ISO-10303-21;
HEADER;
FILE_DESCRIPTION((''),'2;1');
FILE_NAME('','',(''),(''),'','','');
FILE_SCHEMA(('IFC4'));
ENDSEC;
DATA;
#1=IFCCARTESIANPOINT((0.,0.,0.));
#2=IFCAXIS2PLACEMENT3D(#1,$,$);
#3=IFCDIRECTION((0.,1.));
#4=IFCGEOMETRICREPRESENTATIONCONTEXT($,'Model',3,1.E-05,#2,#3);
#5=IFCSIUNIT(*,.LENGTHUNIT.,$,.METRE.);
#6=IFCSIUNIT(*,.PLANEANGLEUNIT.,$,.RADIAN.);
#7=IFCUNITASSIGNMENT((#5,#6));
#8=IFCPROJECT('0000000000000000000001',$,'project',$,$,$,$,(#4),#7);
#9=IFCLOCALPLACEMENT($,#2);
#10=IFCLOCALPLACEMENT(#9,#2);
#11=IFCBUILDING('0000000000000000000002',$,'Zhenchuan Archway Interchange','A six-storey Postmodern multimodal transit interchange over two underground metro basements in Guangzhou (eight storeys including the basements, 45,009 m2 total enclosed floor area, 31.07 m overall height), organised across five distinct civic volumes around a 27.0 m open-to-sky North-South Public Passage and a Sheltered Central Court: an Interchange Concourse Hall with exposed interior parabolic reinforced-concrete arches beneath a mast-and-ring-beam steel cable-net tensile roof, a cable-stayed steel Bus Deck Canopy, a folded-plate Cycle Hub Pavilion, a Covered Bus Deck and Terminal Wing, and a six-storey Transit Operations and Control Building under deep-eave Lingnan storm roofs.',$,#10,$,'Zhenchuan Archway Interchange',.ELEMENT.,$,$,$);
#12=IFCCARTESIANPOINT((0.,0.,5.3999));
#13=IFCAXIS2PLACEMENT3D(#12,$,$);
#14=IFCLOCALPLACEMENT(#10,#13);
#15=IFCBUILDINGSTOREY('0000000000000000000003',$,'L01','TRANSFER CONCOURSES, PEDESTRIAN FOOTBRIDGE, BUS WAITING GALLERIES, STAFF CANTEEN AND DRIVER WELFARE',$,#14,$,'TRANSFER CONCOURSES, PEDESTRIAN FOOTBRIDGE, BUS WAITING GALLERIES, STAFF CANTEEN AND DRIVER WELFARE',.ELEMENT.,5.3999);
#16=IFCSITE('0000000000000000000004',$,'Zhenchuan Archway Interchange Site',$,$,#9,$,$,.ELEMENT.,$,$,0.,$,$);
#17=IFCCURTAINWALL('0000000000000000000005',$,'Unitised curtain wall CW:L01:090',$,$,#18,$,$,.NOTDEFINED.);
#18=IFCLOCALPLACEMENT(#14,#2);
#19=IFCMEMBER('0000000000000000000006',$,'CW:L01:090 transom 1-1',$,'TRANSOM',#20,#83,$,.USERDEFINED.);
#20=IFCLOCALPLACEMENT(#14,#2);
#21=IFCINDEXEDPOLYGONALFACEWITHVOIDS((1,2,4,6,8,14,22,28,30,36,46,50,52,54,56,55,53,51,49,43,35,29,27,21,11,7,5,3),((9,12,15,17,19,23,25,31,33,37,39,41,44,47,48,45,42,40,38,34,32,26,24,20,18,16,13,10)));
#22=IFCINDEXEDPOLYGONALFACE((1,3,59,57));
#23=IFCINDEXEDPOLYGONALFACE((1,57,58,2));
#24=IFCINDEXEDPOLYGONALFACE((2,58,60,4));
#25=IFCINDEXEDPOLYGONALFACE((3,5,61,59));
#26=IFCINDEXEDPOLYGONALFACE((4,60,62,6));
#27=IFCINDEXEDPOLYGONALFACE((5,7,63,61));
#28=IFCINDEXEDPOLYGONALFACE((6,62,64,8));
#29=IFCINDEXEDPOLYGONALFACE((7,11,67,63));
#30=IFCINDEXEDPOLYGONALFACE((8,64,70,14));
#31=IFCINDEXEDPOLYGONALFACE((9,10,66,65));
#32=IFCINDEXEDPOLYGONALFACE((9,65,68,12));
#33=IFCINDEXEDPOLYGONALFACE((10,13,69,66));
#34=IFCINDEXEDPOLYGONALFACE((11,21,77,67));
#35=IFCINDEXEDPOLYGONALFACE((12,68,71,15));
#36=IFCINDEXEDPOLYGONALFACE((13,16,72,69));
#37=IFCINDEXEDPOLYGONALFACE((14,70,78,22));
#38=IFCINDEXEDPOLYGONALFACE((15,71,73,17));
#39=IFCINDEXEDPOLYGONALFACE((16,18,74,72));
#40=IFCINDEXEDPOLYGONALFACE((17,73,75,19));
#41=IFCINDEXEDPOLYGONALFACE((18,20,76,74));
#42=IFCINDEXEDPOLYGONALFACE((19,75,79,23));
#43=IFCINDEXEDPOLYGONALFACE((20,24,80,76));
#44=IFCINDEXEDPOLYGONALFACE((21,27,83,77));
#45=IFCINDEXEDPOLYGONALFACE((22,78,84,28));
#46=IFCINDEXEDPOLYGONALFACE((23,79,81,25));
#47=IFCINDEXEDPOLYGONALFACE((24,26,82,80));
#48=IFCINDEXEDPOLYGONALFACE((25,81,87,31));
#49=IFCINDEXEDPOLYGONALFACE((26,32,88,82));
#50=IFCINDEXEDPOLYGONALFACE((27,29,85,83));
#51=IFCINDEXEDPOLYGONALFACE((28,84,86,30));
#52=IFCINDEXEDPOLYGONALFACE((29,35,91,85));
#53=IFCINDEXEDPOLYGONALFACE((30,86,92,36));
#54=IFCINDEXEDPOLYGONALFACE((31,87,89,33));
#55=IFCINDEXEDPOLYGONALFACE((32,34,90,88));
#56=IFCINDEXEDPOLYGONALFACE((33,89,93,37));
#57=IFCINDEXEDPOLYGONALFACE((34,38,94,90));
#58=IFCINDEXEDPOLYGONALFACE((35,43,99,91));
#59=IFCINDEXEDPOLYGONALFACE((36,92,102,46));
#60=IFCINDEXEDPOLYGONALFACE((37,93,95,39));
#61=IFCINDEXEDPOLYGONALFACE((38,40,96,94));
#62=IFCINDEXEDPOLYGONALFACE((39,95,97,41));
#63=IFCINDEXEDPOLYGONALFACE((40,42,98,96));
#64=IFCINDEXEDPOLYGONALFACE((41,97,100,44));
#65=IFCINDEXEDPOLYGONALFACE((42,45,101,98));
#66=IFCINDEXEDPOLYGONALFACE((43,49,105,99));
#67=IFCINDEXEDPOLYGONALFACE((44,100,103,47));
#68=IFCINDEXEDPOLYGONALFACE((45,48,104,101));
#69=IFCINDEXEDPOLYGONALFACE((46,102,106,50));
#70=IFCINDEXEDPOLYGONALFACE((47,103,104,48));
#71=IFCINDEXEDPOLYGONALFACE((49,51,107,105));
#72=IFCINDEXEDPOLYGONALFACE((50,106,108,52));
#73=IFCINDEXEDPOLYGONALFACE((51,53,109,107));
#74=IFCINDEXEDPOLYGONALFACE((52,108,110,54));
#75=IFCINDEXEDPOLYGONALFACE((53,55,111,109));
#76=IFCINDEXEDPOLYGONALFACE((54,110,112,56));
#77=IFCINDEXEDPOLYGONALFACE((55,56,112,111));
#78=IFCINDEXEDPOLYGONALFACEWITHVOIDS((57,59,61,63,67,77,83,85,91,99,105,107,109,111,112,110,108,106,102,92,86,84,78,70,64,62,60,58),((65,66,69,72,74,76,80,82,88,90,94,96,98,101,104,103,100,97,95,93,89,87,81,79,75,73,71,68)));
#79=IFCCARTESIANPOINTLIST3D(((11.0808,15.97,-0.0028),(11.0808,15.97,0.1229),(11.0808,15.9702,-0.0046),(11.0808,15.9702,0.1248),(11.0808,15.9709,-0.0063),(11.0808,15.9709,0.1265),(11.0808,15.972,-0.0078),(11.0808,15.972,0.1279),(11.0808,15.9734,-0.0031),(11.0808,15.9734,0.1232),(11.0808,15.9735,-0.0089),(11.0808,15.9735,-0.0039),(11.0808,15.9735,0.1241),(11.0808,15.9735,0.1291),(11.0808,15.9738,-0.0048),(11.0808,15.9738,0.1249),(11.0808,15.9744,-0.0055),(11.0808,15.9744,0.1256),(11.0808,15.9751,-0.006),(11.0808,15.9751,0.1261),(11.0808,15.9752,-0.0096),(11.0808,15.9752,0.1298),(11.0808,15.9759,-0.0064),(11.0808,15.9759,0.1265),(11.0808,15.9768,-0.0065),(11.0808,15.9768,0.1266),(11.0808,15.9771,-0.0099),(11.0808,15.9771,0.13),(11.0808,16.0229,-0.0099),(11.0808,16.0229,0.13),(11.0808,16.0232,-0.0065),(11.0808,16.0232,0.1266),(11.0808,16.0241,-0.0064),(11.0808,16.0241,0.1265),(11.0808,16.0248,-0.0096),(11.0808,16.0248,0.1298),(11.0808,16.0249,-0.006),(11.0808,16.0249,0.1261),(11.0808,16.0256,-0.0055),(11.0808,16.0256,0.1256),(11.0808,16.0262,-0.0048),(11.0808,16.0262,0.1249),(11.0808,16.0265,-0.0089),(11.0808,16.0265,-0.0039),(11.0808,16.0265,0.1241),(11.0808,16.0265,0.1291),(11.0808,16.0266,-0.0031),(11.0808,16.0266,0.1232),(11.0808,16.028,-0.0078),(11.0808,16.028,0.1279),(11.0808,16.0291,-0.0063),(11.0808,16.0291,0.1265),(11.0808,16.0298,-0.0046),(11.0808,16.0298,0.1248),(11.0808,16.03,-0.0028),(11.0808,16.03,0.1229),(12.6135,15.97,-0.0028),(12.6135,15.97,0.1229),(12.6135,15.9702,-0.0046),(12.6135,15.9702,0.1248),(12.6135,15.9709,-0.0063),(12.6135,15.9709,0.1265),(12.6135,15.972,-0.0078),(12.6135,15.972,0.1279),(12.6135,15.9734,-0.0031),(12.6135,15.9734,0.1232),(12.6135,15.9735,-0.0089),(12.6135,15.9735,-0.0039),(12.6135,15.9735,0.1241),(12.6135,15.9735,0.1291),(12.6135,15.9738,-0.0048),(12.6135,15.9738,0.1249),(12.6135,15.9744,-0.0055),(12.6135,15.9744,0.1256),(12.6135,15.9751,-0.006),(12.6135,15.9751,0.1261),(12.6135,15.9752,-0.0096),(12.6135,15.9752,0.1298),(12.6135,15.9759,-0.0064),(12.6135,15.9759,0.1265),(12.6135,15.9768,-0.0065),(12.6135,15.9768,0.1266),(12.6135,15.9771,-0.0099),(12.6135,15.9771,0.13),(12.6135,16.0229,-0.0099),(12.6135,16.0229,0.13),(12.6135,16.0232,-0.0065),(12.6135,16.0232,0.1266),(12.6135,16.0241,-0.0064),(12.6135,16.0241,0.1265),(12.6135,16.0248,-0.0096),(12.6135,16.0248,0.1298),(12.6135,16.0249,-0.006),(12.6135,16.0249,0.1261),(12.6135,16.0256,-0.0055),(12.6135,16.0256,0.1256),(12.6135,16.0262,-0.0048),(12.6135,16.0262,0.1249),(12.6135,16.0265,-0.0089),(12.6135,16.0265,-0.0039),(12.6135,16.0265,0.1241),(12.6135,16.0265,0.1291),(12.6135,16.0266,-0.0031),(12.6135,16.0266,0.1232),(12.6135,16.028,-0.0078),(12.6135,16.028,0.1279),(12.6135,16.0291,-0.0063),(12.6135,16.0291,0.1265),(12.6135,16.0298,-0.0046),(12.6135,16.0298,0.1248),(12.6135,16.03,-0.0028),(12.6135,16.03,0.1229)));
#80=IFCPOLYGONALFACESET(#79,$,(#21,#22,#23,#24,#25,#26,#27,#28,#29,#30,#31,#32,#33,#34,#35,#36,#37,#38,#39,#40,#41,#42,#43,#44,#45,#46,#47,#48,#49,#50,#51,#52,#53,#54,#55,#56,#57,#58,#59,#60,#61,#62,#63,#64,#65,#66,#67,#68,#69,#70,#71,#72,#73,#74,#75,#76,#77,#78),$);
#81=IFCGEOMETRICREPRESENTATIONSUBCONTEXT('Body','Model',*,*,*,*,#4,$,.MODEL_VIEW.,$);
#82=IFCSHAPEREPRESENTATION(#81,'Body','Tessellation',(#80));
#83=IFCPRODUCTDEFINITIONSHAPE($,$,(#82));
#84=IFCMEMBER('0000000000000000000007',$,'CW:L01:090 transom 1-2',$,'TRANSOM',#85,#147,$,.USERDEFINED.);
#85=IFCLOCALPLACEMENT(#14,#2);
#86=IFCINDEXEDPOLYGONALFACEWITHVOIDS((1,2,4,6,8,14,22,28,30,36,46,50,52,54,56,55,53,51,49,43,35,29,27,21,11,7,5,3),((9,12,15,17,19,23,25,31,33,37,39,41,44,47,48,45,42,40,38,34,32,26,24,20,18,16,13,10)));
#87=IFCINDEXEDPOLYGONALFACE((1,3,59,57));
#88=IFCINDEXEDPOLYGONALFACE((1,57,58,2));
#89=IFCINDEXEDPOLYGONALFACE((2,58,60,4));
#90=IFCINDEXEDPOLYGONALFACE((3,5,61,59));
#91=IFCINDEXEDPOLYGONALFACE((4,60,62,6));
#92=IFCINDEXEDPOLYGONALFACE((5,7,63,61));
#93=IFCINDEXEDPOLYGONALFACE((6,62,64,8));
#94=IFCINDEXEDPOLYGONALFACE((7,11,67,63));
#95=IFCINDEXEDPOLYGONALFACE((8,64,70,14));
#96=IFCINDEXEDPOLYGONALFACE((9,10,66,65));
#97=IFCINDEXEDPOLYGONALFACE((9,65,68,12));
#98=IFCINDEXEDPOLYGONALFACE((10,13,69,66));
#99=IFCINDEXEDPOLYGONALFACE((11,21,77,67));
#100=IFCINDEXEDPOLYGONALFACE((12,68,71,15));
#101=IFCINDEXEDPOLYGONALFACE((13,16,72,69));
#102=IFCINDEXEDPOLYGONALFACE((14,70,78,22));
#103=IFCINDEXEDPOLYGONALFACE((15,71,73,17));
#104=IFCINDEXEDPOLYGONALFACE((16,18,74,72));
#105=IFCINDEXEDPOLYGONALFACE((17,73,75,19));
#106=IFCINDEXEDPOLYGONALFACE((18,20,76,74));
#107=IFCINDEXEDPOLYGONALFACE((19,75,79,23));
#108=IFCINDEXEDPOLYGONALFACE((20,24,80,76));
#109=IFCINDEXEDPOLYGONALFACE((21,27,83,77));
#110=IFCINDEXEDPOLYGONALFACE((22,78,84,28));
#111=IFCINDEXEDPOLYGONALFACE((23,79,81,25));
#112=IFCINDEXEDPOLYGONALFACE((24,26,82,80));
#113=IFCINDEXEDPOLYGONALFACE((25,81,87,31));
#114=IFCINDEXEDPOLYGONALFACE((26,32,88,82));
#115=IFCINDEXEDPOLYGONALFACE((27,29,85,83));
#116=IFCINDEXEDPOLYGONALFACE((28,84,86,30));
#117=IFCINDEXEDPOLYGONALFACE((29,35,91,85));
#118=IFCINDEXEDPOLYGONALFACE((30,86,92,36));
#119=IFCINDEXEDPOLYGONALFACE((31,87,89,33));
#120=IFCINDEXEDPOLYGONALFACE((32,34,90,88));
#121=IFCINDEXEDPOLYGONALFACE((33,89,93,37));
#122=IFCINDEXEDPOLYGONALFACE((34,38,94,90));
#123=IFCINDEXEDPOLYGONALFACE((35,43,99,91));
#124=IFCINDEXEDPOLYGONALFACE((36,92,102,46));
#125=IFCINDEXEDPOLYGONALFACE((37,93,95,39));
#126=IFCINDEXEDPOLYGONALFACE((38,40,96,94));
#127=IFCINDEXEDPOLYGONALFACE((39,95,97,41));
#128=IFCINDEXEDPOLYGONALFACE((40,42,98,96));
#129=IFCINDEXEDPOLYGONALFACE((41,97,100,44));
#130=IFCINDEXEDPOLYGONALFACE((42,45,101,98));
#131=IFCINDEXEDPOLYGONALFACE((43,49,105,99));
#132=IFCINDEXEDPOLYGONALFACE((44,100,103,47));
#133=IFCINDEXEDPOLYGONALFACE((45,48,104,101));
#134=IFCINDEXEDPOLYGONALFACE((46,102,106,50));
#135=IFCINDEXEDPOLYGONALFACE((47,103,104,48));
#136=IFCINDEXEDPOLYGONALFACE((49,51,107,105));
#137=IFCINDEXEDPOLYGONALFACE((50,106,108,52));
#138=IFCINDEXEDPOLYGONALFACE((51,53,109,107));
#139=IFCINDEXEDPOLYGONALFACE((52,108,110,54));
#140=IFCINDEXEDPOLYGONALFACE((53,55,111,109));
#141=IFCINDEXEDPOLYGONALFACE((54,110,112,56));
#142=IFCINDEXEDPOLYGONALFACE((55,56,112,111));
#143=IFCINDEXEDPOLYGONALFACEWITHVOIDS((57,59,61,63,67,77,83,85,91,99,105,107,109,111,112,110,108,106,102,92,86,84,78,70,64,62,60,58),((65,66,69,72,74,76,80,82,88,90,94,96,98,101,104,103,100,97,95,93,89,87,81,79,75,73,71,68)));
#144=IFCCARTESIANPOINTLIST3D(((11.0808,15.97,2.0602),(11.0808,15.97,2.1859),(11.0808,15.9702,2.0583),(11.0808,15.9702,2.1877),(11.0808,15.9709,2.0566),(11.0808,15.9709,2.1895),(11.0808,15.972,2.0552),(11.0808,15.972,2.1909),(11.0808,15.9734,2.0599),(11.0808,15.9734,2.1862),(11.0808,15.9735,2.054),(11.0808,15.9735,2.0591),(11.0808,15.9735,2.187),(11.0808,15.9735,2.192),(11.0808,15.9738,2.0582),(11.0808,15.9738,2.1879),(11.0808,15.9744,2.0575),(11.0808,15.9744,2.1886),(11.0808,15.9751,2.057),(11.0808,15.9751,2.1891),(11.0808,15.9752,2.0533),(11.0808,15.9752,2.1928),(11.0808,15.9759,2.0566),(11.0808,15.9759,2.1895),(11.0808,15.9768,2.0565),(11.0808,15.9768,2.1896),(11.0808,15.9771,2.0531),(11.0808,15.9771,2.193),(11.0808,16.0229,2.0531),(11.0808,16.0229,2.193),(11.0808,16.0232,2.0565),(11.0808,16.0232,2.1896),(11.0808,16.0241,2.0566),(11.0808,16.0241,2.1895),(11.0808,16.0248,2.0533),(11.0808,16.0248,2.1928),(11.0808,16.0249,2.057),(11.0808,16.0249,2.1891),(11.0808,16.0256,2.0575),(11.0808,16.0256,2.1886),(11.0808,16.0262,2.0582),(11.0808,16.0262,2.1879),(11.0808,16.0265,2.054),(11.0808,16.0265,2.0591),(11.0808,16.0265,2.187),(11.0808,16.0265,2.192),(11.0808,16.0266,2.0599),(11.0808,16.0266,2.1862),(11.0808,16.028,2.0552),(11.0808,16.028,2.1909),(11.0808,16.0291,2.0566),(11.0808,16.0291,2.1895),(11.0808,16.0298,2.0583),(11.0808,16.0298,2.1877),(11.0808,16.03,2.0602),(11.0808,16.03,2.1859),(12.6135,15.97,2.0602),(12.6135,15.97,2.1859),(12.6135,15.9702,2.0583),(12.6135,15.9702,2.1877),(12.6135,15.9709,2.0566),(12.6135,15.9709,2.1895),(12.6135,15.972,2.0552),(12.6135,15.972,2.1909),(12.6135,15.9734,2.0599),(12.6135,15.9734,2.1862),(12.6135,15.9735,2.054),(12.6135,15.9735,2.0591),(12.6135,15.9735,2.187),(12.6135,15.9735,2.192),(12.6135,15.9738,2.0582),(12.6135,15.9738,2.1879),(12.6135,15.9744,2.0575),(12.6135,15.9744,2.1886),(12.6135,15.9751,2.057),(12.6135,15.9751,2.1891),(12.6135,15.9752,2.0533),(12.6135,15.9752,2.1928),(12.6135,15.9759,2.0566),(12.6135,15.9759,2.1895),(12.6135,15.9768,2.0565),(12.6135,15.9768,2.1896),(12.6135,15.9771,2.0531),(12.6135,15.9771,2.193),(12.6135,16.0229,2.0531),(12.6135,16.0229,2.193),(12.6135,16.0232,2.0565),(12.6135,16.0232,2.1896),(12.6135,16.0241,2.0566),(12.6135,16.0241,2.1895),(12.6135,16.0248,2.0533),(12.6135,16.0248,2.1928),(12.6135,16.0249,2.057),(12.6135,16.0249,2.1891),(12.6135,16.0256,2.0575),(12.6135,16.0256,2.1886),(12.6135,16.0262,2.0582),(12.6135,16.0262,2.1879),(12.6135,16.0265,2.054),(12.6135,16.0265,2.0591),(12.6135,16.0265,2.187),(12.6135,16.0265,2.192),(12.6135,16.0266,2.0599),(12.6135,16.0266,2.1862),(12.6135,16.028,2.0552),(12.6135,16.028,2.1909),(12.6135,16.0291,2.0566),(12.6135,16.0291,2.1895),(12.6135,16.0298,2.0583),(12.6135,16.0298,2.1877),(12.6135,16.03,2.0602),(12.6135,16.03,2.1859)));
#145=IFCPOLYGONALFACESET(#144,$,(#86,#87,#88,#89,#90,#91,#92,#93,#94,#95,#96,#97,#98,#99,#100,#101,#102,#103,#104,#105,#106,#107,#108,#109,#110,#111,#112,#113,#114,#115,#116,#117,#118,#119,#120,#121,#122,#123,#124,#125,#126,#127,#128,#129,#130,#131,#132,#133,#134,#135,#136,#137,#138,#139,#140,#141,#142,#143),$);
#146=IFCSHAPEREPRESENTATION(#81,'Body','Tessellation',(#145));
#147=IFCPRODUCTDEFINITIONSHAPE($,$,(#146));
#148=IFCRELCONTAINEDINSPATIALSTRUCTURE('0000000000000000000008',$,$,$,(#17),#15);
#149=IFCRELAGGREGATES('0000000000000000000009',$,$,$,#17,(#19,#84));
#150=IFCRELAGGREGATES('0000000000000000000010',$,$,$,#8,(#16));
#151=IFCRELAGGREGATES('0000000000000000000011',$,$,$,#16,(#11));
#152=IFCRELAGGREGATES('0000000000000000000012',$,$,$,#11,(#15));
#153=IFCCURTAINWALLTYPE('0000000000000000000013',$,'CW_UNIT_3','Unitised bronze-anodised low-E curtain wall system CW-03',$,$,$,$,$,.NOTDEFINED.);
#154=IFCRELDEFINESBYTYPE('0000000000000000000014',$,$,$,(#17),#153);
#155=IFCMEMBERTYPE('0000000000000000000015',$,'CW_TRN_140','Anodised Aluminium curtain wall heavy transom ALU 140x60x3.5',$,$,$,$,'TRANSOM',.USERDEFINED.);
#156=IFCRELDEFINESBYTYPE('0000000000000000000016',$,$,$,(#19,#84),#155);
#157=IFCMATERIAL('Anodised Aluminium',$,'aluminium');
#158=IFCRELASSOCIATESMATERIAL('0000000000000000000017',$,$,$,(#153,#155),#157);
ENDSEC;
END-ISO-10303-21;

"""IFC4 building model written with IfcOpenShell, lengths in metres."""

from ifc_helpers import new_model, si_unit, direction, frame, origin, origin_2d, place, context, subcontext, project, spatial, hollow_rectangle, extrude, material, material_profile, profile_set, type_object, element, aggregate, save


model = new_model("IFC4")

# Units and contexts
model_context = context("Model", 3, precision=1e-05, world=origin(), true_north=direction((0.0, 1.0)))
body_context = subcontext(model_context, "Body", "Model", "MODEL_VIEW")
ifc_project = project(units=[si_unit("LENGTHUNIT", "METRE"), si_unit("PLANEANGLEUNIT", "RADIAN")], contexts=[model_context])

# Site, building, storey
site_placement = place(None, origin())
site = spatial("IfcSite", under=ifc_project, at=site_placement, Name="Zhenchuan Archway Interchange Site", CompositionType="ELEMENT", RefElevation=0.0)
building_placement = place(site_placement, origin())
building = spatial("IfcBuilding", under=site, at=building_placement, Name="Zhenchuan Archway Interchange", Description="A six-storey Postmodern multimodal transit interchange over two underground metro basements in Guangzhou (eight storeys including the basements, 45,009 m2 total enclosed floor area, 31.07 m overall height), organised across five distinct civic volumes around a 27.0 m open-to-sky North-South Public Passage and a Sheltered Central Court: an Interchange Concourse Hall with exposed interior parabolic reinforced-concrete arches beneath a mast-and-ring-beam steel cable-net tensile roof, a cable-stayed steel Bus Deck Canopy, a folded-plate Cycle Hub Pavilion, a Covered Bus Deck and Terminal Wing, and a six-storey Transit Operations and Control Building under deep-eave Lingnan storm roofs.", LongName="Zhenchuan Archway Interchange", CompositionType="ELEMENT")
storey_placement = place(building_placement, frame((0.0, 0.0, 5.3999)))
storey = spatial("IfcBuildingStorey", under=building, at=storey_placement, Name="L01", Description="TRANSFER CONCOURSES, PEDESTRIAN FOOTBRIDGE, BUS WAITING GALLERIES, STAFF CANTEEN AND DRIVER WELFARE", LongName="TRANSFER CONCOURSES, PEDESTRIAN FOOTBRIDGE, BUS WAITING GALLERIES, STAFF CANTEEN AND DRIVER WELFARE", CompositionType="ELEMENT", Elevation=5.3999)

# Shared definitions
ifc_material_1 = material(Name="Anodised Aluminium", Category="aluminium")

# Curtain wall, members
curtain_wall_type_1 = type_object("IfcCurtainWallType", Name="CW_UNIT_3", Description="Unitised bronze-anodised low-E curtain wall system CW-03", PredefinedType="NOTDEFINED", material=ifc_material_1)
curtain_wall_1_placement = place(storey_placement, origin())
curtain_wall_1 = element("IfcCurtainWall", 1, at=curtain_wall_1_placement, inside=storey, type_object=curtain_wall_type_1, Name="Unitised curtain wall CW:L01:090", PredefinedType="NOTDEFINED")
ifc_material_profile_1 = material_profile(ifc_material_1, hollow_rectangle(XDim=0.0601, YDim=0.1399, WallThickness=0.0034, InnerFilletRadius=0.0034, OuterFilletRadius=0.0071, at=origin_2d()), Name="ALU 140x60x3.5")
ifc_profile_set_1 = profile_set([ifc_material_profile_1], Name="Anodised Aluminium")
member_type_1 = type_object("IfcMemberType", Name="CW_TRN_140", Description="Anodised Aluminium curtain wall heavy transom ALU 140x60x3.5", ElementType="TRANSOM", PredefinedType="USERDEFINED", material=ifc_profile_set_1)
member_1_placement = place(storey_placement, frame((11.0808, 16.0, 0.0601), z_axis=(1.0, 0.0, 0.0), x_axis=(0.0, 1.0, 0.0)))
member_1 = element("IfcMember", 2, at=member_1_placement, type_object=member_type_1, Name="CW:L01:090 transom 1-1", ObjectType="TRANSOM", PredefinedType="USERDEFINED", context=body_context, shape_type="SweptSolid", body=[
    extrude(hollow_rectangle(XDim=0.0601, YDim=0.1399, WallThickness=0.0034, InnerFilletRadius=0.0034, OuterFilletRadius=0.0071, at=origin_2d()), origin(), (0.0, 0.0, 1.0), 1.5327),
])
member_2_placement = place(storey_placement, frame((11.0808, 16.0, 2.123), z_axis=(1.0, 0.0, 0.0), x_axis=(0.0, 1.0, 0.0)))
member_2 = element("IfcMember", 3, at=member_2_placement, type_object=member_type_1, Name="CW:L01:090 transom 1-2", ObjectType="TRANSOM", PredefinedType="USERDEFINED", context=body_context, shape_type="SweptSolid", body=[
    extrude(hollow_rectangle(XDim=0.0601, YDim=0.1399, WallThickness=0.0034, InnerFilletRadius=0.0034, OuterFilletRadius=0.0071, at=origin_2d()), origin(), (0.0, 0.0, 1.0), 1.5327),
])

aggregate(curtain_wall_1, [member_1, member_2])

save(model, "model.ifc")
